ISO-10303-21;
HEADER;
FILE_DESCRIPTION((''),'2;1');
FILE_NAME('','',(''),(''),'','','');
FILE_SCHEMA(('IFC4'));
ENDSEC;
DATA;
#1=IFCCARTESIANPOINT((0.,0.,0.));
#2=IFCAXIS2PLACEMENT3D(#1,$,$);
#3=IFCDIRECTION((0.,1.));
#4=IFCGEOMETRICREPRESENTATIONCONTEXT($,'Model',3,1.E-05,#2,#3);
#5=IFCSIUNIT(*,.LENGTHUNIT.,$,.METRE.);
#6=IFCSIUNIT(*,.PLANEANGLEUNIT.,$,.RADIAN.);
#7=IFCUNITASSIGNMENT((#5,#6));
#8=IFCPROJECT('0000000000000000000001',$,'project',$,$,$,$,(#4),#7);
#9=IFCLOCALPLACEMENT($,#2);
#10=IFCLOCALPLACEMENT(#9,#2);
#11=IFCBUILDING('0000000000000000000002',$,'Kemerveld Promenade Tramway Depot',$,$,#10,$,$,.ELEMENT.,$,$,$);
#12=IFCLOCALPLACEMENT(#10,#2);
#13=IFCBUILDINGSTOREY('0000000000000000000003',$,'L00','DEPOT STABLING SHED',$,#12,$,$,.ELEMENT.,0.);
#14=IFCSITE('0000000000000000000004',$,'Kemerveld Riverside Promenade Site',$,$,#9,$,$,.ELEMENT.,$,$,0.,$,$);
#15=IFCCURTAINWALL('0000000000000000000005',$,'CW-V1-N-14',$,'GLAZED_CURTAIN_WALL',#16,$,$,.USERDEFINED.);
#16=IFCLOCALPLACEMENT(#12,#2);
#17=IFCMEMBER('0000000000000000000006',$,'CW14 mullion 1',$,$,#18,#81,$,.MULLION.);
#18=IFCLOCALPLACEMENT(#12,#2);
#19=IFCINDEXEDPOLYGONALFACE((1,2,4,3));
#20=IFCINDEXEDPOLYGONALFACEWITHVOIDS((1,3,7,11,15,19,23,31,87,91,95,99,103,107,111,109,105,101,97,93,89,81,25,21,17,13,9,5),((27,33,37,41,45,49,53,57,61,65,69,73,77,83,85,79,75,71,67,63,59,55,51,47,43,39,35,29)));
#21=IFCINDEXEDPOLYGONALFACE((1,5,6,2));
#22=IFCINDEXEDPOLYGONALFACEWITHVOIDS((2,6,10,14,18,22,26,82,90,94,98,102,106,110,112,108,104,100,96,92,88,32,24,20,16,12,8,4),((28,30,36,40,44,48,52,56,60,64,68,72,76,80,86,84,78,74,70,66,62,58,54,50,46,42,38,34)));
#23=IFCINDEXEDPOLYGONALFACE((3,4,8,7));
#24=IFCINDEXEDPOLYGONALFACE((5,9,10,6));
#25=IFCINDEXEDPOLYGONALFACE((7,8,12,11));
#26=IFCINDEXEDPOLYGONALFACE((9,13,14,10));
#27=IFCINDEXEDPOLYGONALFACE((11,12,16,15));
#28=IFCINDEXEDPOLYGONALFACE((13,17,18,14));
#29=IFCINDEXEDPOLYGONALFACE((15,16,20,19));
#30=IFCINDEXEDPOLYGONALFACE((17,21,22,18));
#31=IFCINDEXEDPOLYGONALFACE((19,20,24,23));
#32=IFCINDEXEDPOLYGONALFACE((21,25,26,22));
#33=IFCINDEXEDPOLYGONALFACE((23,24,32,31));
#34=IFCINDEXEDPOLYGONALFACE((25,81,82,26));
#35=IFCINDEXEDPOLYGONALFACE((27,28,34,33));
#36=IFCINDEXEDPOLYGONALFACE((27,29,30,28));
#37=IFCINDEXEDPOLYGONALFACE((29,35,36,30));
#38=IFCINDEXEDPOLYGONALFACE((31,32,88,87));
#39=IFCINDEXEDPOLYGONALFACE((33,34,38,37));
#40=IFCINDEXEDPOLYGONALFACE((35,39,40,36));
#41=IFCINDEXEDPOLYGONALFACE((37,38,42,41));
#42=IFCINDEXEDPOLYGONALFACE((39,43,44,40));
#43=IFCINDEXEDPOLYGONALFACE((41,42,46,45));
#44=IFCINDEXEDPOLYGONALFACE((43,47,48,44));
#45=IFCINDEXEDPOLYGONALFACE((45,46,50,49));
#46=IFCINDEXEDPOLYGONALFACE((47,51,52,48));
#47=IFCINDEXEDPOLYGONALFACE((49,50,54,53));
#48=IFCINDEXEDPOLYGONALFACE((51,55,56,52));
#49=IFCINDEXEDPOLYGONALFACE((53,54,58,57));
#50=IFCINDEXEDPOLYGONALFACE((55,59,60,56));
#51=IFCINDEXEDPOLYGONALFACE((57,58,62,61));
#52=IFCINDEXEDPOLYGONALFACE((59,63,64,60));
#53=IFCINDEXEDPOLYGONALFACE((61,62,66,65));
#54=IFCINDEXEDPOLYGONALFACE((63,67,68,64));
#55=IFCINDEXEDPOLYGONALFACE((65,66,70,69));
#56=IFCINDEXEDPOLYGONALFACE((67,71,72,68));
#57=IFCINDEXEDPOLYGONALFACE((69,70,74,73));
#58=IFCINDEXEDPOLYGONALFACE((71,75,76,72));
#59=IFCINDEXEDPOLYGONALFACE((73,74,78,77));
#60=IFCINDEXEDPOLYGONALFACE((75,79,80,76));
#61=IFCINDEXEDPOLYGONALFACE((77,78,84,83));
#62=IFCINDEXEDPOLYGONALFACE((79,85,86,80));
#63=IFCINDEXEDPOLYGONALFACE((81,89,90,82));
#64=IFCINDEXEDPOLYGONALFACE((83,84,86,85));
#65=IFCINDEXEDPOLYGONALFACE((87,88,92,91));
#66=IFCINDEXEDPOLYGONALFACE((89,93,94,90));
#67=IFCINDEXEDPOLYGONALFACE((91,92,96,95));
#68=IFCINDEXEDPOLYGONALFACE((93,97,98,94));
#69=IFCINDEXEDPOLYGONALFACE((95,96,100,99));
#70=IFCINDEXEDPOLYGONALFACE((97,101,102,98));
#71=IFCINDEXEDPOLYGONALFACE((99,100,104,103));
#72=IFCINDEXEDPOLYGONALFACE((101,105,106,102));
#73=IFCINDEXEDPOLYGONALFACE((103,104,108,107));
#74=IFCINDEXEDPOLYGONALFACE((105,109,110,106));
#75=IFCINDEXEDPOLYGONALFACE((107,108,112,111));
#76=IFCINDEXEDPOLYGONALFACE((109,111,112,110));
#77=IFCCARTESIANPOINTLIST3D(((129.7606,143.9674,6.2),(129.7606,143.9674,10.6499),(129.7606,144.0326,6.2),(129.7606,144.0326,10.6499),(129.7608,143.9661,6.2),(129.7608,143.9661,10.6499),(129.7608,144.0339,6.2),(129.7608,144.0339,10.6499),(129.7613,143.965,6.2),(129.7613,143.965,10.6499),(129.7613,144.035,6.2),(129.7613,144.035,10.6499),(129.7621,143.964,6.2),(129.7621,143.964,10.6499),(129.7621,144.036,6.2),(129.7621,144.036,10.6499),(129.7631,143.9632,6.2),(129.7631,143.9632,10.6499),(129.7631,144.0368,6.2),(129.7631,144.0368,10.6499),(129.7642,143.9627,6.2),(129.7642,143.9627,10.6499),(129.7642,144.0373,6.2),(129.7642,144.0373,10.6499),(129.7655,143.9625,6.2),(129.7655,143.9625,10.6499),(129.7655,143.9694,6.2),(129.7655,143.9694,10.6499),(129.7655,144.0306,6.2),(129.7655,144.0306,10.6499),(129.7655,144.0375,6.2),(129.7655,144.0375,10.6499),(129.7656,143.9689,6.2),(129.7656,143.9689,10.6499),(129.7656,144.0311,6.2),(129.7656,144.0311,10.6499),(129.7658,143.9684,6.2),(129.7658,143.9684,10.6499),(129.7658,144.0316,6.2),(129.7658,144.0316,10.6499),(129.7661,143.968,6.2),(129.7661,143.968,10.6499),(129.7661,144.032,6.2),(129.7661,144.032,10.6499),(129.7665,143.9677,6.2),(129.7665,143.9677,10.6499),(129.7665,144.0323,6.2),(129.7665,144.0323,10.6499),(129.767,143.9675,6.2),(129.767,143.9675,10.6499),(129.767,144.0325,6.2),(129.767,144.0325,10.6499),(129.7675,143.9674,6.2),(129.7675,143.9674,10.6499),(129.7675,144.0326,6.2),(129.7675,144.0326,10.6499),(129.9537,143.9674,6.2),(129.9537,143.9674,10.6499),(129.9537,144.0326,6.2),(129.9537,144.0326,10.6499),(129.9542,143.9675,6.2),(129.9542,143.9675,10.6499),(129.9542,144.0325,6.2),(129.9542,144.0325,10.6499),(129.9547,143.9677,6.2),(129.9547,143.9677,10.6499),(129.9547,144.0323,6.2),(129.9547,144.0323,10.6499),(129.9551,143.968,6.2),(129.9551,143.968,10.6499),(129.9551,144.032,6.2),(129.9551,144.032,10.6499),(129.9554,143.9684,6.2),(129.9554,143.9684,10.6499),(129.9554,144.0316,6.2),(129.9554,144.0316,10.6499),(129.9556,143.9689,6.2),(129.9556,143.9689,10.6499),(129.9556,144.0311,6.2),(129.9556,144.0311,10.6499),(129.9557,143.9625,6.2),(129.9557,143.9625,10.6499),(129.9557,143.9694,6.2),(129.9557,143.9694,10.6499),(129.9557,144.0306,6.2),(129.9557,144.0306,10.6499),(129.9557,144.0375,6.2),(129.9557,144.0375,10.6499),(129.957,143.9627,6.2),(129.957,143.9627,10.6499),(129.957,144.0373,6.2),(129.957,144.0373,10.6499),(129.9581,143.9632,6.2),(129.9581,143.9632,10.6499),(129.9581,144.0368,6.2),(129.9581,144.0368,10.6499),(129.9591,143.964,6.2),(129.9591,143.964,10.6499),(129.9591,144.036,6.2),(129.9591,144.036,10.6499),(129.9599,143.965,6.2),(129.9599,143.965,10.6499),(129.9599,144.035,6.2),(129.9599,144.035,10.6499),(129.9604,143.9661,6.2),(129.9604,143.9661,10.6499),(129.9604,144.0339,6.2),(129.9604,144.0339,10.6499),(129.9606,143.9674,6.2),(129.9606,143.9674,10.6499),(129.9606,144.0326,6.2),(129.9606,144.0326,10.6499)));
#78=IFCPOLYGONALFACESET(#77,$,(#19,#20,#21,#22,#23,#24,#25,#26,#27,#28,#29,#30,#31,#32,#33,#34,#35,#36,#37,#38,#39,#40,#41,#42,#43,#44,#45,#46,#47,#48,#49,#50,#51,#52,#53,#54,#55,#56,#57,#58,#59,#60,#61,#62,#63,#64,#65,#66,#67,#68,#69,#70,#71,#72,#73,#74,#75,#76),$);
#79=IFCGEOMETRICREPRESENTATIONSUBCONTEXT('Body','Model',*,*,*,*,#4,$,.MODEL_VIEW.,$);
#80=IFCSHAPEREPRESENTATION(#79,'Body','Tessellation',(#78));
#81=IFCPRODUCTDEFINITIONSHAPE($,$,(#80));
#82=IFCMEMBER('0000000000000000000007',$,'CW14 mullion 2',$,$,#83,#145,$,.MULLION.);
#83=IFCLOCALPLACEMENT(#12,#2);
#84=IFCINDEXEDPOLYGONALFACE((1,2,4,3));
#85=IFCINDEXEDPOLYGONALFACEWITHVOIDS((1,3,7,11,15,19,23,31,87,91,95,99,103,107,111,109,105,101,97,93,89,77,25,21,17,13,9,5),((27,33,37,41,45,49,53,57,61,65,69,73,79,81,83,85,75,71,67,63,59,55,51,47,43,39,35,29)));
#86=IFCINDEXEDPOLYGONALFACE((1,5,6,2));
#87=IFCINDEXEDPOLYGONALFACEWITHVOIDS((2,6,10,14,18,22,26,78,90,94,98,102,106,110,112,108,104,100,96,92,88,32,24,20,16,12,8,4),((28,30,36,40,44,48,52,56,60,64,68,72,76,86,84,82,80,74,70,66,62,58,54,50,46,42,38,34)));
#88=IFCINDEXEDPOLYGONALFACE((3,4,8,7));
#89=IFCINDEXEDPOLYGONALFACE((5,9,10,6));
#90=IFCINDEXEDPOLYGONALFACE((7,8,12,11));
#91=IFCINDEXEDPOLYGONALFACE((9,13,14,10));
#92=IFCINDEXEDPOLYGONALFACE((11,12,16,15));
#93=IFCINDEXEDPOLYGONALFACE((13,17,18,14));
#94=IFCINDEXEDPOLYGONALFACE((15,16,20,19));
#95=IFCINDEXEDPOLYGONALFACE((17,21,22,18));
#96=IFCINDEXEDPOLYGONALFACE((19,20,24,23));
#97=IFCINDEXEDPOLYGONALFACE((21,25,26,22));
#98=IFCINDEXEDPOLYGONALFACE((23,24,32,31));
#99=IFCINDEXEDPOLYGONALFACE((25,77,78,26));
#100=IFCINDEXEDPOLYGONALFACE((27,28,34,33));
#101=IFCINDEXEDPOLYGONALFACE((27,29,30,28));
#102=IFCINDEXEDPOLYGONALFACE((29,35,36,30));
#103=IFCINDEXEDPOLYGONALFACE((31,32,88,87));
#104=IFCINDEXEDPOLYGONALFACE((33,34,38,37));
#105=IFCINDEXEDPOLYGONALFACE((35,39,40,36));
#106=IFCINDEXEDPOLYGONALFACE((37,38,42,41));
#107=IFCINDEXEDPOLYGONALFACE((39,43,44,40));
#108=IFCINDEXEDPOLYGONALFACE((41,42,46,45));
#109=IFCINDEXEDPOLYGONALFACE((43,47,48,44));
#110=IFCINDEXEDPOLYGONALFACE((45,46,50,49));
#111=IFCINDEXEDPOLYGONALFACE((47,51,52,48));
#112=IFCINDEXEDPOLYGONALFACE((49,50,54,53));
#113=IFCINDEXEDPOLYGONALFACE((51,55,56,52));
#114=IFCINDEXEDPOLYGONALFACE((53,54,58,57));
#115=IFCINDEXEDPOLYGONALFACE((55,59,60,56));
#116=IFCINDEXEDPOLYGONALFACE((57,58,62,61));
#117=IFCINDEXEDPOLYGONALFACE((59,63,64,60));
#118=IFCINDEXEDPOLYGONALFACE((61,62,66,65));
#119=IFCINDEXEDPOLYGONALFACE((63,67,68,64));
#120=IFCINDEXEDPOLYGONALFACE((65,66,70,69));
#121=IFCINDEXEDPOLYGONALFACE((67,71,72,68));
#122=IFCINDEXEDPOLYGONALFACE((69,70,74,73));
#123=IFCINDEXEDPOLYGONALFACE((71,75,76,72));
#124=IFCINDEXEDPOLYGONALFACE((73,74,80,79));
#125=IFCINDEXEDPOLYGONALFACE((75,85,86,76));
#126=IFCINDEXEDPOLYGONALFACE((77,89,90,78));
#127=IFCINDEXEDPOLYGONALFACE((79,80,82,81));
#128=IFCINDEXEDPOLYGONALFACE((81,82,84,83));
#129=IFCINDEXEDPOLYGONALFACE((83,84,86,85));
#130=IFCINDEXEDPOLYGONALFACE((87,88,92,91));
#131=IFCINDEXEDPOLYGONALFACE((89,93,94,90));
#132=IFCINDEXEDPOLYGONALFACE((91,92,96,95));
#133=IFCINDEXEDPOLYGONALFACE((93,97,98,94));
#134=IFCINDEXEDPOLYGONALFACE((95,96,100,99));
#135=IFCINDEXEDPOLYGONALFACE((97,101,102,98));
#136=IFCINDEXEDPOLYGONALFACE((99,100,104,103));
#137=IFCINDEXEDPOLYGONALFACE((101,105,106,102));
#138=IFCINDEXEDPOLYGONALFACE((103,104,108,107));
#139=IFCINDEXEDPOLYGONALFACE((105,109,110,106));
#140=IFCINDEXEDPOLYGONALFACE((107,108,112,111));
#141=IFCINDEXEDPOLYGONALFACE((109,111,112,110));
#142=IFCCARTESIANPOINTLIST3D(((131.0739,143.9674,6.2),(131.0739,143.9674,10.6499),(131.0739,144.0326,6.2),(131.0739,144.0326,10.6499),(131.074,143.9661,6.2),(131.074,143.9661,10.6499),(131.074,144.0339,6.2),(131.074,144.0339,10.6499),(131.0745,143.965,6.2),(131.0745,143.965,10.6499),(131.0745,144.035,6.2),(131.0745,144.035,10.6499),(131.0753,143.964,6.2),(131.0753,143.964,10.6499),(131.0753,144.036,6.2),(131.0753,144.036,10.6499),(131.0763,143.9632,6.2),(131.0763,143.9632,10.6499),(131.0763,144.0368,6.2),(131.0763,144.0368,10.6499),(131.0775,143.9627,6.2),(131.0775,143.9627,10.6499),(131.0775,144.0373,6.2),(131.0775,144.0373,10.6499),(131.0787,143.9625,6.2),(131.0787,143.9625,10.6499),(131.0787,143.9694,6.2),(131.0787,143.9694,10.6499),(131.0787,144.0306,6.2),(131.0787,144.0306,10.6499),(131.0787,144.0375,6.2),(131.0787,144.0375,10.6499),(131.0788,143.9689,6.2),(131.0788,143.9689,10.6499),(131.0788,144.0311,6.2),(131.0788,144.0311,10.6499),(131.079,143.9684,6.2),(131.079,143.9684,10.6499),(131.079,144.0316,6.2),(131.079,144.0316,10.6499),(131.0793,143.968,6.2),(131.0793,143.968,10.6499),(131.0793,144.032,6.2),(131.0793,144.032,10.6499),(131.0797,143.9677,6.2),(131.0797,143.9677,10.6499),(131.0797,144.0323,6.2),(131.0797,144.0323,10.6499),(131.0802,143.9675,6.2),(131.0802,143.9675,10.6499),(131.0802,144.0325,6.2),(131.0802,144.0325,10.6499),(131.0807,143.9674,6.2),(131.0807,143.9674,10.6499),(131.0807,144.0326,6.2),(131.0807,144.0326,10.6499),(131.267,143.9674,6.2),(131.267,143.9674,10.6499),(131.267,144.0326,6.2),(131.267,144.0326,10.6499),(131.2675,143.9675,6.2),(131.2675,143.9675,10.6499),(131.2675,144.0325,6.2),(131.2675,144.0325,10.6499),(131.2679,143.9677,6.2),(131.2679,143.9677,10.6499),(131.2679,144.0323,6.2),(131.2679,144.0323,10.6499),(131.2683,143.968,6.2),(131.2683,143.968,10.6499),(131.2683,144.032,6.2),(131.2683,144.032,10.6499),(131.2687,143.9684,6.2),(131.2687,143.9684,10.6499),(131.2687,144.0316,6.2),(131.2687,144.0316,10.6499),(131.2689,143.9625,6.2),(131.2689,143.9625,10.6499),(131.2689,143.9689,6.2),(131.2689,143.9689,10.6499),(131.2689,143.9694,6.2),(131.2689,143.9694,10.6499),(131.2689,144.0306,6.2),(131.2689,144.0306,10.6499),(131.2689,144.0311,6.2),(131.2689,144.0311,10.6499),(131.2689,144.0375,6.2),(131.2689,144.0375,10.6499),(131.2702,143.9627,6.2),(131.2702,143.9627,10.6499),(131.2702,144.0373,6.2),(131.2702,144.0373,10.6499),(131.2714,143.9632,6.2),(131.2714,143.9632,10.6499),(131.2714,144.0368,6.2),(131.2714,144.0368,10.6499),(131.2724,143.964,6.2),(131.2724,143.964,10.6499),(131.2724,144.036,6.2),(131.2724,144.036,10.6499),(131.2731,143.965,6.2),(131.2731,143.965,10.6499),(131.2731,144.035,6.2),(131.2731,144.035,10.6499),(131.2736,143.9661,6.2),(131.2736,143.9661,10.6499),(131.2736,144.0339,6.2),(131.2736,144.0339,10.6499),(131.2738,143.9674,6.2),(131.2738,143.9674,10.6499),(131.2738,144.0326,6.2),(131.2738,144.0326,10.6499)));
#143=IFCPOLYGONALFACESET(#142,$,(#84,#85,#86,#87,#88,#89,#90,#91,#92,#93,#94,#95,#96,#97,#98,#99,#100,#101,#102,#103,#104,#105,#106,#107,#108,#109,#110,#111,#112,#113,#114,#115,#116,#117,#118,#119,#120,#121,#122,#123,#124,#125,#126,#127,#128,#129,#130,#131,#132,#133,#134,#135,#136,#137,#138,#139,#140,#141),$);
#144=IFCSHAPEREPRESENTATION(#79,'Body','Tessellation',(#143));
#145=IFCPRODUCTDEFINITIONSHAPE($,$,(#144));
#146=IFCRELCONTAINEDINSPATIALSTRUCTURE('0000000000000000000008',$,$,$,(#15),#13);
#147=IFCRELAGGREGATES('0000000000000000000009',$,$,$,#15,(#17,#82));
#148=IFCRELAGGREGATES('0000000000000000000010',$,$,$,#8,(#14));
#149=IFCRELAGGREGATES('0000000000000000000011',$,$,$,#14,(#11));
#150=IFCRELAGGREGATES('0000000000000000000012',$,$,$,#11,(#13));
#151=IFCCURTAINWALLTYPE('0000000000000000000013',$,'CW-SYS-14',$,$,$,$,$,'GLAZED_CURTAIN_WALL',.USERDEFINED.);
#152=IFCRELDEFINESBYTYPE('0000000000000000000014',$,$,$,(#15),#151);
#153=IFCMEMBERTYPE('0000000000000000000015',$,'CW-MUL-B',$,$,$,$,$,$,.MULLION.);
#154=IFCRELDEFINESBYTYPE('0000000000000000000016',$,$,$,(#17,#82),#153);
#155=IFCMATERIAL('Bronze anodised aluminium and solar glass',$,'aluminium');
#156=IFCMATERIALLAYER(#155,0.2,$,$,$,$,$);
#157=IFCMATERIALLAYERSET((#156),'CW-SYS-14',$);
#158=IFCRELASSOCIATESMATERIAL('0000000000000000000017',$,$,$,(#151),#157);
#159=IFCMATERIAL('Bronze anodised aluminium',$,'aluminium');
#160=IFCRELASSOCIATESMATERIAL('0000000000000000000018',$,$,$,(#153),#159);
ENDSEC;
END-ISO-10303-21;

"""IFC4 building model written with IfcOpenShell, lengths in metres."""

from ifc_helpers import new_model, si_unit, direction, frame, origin, origin_2d, place, context, subcontext, project, spatial, hollow_rectangle, extrude, material, layer, layer_set, material_profile, profile_set, type_object, element, aggregate, save


model = new_model("IFC4")

# Units and contexts
model_context = context("Model", 3, precision=1e-05, world=origin(), true_north=direction((0.0, 1.0)))
body_context = subcontext(model_context, "Body", "Model", "MODEL_VIEW")
ifc_project = project(units=[si_unit("LENGTHUNIT", "METRE"), si_unit("PLANEANGLEUNIT", "RADIAN")], contexts=[model_context])

# Site, building, storey
site_placement = place(None, origin())
site = spatial("IfcSite", under=ifc_project, at=site_placement, Name="Kemerveld Riverside Promenade Site", CompositionType="ELEMENT", RefElevation=0.0)
building_placement = place(site_placement, origin())
building = spatial("IfcBuilding", under=site, at=building_placement, Name="Kemerveld Promenade Tramway Depot", CompositionType="ELEMENT")
storey_placement = place(building_placement, origin())
storey = spatial("IfcBuildingStorey", under=building, at=storey_placement, Name="L00", Description="DEPOT STABLING SHED", CompositionType="ELEMENT", Elevation=0.0)

# Curtain wall, members
ifc_material_1 = material(Name="Bronze anodised aluminium and solar glass", Category="aluminium")
ifc_layer_1 = layer(ifc_material_1, 0.2)
ifc_layer_set_1 = layer_set([ifc_layer_1], Name="CW-SYS-14")
curtain_wall_type = type_object("IfcCurtainWallType", Name="CW-SYS-14", ElementType="GLAZED_CURTAIN_WALL", PredefinedType="USERDEFINED", material=ifc_layer_set_1)
curtain_wall_placement = place(storey_placement, origin())
curtain_wall = element("IfcCurtainWall", 1, at=curtain_wall_placement, inside=storey, type_object=curtain_wall_type, Name="CW-V1-N-14", ObjectType="GLAZED_CURTAIN_WALL", PredefinedType="USERDEFINED")
ifc_material_2 = material(Name="Bronze anodised aluminium", Category="aluminium")
ifc_material_profile_1 = material_profile(ifc_material_2, hollow_rectangle(XDim=0.075, YDim=0.2, WallThickness=0.0049, InnerFilletRadius=0.002, OuterFilletRadius=0.0049, at=origin_2d()), Name="CW-MUL-200x75")
ifc_profile_set_1 = profile_set([ifc_material_profile_1], Name="Bronze anodised aluminium")
member_type_1 = type_object("IfcMemberType", Name="CW-MUL-B", PredefinedType="MULLION", material=ifc_profile_set_1)
member_1_placement = place(storey_placement, frame((129.8606, 144.0, 6.2), z_axis=(0.0, 0.0, 1.0), x_axis=(0.0, 1.0, 0.0)))
member_1 = element("IfcMember", 2, at=member_1_placement, type_object=member_type_1, Name="CW14 mullion 1", PredefinedType="MULLION", context=body_context, shape_type="SweptSolid", body=[
    extrude(hollow_rectangle(XDim=0.075, YDim=0.2, WallThickness=0.0049, InnerFilletRadius=0.002, OuterFilletRadius=0.0049, at=origin_2d()), origin(), (0.0, 0.0, 1.0), 4.45),
])
member_2_placement = place(storey_placement, frame((131.1738, 144.0, 6.2), z_axis=(0.0, 0.0, 1.0), x_axis=(0.0, 1.0, 0.0)))
member_2 = element("IfcMember", 3, at=member_2_placement, type_object=member_type_1, Name="CW14 mullion 2", PredefinedType="MULLION", context=body_context, shape_type="SweptSolid", body=[
    extrude(hollow_rectangle(XDim=0.075, YDim=0.2, WallThickness=0.0049, InnerFilletRadius=0.002, OuterFilletRadius=0.0049, at=origin_2d()), origin(), (0.0, 0.0, 1.0), 4.45),
])

aggregate(curtain_wall, [member_1, member_2])

save(model, "model.ifc")
